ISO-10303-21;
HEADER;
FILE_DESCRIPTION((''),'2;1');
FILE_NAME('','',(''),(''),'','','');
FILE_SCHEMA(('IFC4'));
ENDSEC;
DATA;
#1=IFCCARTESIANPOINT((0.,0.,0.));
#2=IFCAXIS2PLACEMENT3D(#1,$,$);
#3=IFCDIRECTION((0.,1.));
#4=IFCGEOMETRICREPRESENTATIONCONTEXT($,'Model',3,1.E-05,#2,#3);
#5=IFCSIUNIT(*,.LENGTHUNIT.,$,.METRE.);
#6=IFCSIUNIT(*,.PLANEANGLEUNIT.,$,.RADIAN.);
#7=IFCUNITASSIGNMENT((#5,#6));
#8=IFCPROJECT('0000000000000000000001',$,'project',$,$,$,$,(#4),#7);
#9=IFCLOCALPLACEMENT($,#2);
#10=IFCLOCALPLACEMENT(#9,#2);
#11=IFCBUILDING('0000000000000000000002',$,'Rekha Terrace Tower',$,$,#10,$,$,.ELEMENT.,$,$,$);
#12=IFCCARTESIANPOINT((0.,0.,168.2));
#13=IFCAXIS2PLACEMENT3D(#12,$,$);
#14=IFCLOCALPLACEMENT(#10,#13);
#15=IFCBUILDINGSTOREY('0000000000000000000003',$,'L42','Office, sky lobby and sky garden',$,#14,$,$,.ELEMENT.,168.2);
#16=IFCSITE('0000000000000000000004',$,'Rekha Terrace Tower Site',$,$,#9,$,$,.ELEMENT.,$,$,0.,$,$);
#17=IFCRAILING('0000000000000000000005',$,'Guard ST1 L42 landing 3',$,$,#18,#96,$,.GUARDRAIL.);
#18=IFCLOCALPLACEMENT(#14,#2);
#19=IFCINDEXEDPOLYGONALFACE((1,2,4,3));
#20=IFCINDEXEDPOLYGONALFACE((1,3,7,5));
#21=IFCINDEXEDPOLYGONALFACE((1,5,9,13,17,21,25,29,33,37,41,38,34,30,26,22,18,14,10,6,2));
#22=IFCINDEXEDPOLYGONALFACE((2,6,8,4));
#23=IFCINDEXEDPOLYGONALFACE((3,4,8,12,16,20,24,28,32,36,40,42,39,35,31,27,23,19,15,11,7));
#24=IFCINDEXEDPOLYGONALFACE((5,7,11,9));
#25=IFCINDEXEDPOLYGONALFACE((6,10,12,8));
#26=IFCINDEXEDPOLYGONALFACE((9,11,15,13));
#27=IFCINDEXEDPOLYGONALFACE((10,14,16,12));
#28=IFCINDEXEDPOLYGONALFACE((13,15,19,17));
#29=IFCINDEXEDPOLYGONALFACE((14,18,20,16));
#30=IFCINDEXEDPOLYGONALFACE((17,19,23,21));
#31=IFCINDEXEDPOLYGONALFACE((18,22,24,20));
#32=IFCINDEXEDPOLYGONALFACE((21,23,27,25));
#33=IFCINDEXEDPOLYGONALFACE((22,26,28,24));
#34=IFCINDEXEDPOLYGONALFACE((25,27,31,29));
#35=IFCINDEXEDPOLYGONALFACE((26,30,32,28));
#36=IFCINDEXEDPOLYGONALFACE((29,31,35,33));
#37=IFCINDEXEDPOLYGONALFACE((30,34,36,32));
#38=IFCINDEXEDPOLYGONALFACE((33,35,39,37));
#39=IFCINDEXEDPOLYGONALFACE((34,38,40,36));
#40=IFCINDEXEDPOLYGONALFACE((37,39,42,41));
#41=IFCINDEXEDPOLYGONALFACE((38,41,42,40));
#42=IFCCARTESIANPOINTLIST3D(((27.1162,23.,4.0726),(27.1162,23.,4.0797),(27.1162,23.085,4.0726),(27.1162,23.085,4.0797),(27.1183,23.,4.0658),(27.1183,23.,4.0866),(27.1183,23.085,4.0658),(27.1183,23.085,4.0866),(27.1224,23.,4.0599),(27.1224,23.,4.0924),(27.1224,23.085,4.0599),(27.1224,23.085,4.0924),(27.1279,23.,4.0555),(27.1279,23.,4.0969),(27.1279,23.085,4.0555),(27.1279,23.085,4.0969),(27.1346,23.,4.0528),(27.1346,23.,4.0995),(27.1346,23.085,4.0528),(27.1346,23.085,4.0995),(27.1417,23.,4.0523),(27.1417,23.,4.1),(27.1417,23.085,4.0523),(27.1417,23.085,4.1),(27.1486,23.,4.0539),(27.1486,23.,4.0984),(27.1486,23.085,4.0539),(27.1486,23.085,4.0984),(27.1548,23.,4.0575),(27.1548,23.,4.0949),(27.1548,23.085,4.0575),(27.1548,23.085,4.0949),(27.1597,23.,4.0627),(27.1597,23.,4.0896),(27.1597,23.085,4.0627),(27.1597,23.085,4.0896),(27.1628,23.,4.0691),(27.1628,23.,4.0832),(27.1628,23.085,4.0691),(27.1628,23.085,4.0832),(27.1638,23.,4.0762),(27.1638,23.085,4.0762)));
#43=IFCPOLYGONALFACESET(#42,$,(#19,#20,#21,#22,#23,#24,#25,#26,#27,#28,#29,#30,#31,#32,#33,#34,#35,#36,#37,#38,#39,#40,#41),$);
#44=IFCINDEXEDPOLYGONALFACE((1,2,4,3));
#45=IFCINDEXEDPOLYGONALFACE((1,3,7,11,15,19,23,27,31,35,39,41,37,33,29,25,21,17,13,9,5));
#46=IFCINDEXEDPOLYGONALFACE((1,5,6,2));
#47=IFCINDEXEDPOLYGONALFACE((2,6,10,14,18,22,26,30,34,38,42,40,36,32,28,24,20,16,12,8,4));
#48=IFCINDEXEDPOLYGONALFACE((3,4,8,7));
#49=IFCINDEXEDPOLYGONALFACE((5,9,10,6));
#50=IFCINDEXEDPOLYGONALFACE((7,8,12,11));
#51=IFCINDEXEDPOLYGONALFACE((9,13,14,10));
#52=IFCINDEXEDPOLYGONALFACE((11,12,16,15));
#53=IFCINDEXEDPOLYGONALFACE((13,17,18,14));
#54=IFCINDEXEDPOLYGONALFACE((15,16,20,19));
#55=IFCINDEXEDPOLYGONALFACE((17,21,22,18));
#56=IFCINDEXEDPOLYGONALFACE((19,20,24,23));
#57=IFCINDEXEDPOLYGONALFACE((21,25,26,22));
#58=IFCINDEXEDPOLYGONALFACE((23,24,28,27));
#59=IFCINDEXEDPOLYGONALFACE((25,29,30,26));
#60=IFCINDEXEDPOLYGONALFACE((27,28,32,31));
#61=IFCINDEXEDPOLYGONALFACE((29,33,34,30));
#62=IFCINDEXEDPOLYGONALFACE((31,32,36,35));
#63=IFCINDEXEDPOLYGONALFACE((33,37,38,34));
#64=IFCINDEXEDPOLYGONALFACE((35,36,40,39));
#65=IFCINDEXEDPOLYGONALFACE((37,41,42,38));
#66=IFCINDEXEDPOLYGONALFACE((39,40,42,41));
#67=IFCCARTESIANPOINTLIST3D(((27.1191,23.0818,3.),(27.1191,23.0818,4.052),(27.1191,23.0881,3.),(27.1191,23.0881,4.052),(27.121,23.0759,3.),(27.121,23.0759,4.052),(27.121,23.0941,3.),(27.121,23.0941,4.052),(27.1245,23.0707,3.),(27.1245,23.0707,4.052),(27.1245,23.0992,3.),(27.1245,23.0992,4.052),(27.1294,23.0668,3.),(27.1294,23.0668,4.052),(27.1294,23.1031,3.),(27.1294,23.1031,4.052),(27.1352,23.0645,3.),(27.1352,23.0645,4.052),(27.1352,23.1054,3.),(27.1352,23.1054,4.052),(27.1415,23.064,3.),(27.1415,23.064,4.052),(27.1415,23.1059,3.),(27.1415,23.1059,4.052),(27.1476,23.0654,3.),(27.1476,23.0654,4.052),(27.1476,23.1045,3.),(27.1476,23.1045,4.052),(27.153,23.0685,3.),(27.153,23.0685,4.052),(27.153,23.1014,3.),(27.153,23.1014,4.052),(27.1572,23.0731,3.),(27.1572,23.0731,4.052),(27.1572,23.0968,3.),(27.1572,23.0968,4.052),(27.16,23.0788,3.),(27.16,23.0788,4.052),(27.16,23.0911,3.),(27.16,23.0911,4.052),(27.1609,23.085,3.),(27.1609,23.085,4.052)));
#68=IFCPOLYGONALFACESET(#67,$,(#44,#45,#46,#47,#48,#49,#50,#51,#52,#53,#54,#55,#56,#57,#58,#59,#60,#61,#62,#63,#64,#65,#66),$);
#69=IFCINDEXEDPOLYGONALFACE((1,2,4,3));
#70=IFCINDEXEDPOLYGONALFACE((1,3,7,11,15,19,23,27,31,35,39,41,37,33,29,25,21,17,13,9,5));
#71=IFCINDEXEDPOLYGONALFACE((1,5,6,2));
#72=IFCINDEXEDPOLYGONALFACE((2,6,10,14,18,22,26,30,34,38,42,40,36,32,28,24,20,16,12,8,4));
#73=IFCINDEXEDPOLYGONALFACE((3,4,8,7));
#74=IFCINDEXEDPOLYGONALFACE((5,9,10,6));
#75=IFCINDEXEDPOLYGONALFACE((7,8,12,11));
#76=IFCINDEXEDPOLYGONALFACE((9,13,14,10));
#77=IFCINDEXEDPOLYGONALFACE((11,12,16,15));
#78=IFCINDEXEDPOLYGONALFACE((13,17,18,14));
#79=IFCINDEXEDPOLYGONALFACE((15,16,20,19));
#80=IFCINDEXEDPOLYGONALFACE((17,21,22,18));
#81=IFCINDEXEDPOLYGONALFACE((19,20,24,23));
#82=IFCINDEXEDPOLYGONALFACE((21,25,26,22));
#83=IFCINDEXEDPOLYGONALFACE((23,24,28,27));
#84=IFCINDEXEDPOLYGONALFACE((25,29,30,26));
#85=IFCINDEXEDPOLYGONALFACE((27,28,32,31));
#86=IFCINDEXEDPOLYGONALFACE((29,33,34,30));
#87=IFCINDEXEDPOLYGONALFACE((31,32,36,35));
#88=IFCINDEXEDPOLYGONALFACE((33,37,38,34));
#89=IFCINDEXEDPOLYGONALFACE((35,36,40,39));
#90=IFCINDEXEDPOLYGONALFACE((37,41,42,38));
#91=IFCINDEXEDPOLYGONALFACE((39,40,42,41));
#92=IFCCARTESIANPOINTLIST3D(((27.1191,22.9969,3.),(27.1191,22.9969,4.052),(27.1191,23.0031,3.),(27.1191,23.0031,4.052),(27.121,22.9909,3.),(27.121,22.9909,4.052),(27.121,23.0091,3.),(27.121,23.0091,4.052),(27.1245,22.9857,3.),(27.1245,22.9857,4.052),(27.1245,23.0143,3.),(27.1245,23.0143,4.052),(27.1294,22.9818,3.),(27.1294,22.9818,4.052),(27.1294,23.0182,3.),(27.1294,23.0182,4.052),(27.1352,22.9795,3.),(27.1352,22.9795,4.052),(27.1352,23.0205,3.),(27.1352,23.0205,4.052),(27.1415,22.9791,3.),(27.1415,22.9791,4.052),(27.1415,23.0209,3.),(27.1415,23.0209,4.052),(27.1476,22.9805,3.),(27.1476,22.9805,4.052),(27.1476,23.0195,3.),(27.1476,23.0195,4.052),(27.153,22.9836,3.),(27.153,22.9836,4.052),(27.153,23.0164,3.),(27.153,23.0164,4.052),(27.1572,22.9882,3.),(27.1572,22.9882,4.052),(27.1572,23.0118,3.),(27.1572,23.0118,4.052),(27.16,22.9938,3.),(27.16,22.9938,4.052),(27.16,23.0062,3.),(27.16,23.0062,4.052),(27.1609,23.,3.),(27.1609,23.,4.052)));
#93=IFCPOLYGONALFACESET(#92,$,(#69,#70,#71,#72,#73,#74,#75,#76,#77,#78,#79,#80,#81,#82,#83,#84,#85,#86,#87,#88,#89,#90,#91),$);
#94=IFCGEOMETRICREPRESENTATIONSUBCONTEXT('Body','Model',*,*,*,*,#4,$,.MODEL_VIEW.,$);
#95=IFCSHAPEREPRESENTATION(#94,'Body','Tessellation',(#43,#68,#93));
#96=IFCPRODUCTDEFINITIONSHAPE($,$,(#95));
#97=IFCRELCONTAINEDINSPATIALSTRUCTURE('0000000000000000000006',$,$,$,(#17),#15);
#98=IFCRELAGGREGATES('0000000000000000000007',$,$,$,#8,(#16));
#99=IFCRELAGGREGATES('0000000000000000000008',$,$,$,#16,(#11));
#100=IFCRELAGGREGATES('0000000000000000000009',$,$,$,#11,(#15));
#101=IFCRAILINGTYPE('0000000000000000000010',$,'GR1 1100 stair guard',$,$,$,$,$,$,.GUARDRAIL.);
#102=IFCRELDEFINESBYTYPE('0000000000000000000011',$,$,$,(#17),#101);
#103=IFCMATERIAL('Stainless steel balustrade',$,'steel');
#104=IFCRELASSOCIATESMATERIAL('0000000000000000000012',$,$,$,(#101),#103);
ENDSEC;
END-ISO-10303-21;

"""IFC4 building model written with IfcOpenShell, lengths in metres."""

from ifc_helpers import new_model, si_unit, direction, frame, origin, origin_2d, place, context, subcontext, project, spatial, circle, extrude, material, type_object, element, save


model = new_model("IFC4")

# Units and contexts
model_context = context("Model", 3, precision=1e-05, world=origin(), true_north=direction((0.0, 1.0)))
body_context = subcontext(model_context, "Body", "Model", "MODEL_VIEW")
ifc_project = project(units=[si_unit("LENGTHUNIT", "METRE"), si_unit("PLANEANGLEUNIT", "RADIAN")], contexts=[model_context])

# Site, building, storey
site_placement = place(None, origin())
site = spatial("IfcSite", under=ifc_project, at=site_placement, Name="Rekha Terrace Tower Site", CompositionType="ELEMENT", RefElevation=0.0)
building_placement = place(site_placement, origin())
building = spatial("IfcBuilding", under=site, at=building_placement, Name="Rekha Terrace Tower", CompositionType="ELEMENT")
storey_placement = place(building_placement, frame((0.0, 0.0, 168.2)))
storey = spatial("IfcBuildingStorey", under=building, at=storey_placement, Name="L42", Description="Office, sky lobby and sky garden", CompositionType="ELEMENT", Elevation=168.2)

# Railing
ifc_material_1 = material(Name="Stainless steel balustrade", Category="steel")
railing_type_1 = type_object("IfcRailingType", Name="GR1 1100 stair guard", PredefinedType="GUARDRAIL", material=ifc_material_1)
railing_1_placement = place(storey_placement, frame((27.1399, 23.085, 3.0)))
element("IfcRailing", 1, at=railing_1_placement, inside=storey, type_object=railing_type_1, Name="Guard ST1 L42 landing 3", PredefinedType="GUARDRAIL", context=body_context, shape_type="SweptSolid", body=[
    extrude(circle(Radius=0.0239, at=origin_2d()), frame((0.0, 0.0, 1.0762), z_axis=(0.0, -1.0, 0.0), x_axis=(1.0, 0.0, 0.0)), (0.0, 0.0, 1.0), 0.085),
    extrude(circle(Radius=0.021, at=origin_2d()), origin(), (0.0, 0.0, 1.0), 1.052),
    extrude(circle(Radius=0.021, at=origin_2d()), frame((0.0, -0.085, 0.0)), (0.0, 0.0, 1.0), 1.052),
])

save(model, "model.ifc")
